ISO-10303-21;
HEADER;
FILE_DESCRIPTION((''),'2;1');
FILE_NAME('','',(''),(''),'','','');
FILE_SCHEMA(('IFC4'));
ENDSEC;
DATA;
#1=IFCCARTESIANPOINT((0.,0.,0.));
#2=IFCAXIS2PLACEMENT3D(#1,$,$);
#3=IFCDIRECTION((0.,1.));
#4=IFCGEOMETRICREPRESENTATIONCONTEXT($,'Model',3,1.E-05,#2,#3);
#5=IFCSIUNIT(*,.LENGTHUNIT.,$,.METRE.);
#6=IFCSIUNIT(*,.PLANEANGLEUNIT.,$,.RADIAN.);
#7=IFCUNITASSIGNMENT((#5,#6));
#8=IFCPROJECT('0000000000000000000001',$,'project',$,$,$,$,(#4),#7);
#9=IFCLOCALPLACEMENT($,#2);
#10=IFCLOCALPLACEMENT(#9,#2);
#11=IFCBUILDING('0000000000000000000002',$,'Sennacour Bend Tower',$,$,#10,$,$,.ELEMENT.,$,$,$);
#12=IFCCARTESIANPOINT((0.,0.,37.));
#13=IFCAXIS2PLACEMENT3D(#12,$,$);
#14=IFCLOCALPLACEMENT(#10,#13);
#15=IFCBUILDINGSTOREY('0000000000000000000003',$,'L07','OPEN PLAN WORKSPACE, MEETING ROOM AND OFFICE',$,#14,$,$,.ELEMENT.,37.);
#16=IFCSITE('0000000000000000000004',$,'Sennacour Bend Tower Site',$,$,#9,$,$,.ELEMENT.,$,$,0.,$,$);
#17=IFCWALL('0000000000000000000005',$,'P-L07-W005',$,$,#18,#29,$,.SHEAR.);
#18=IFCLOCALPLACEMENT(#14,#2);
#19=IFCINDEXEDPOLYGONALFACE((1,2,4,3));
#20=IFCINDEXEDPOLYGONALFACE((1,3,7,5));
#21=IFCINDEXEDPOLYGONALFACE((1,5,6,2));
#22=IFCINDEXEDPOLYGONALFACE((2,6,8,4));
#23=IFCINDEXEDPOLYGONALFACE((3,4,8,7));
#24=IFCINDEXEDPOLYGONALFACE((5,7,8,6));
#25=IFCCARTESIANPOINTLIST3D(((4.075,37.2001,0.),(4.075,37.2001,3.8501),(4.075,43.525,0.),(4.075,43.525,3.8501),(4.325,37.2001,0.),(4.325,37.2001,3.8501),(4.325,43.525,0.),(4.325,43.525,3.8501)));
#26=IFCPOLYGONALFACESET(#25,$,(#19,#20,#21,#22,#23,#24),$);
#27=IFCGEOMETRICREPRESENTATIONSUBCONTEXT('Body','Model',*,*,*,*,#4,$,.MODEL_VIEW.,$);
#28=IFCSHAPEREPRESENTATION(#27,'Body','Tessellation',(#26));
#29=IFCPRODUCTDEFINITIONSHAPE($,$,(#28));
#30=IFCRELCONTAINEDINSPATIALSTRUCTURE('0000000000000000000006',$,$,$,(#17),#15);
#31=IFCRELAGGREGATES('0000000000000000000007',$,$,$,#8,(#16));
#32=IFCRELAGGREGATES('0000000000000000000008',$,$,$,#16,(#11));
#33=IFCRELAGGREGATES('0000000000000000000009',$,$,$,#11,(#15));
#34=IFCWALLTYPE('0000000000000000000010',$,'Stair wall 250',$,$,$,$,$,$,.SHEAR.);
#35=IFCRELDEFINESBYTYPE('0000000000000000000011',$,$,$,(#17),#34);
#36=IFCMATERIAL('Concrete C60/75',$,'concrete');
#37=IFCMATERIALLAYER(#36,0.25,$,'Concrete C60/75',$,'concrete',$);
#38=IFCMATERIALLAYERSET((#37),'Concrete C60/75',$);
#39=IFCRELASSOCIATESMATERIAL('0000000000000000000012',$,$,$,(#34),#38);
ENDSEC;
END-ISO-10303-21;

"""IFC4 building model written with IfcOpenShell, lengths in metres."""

from ifc_helpers import new_model, si_unit, direction, frame, frame_2d, origin, place, context, subcontext, project, spatial, rectangle, extrude, material, layer, layer_set, type_object, element, save


model = new_model("IFC4")

# Units and contexts
model_context = context("Model", 3, precision=1e-05, world=origin(), true_north=direction((0.0, 1.0)))
body_context = subcontext(model_context, "Body", "Model", "MODEL_VIEW")
ifc_project = project(units=[si_unit("LENGTHUNIT", "METRE"), si_unit("PLANEANGLEUNIT", "RADIAN")], contexts=[model_context])

# Site, building, storey
site_placement = place(None, origin())
site = spatial("IfcSite", under=ifc_project, at=site_placement, Name="Sennacour Bend Tower Site", CompositionType="ELEMENT", RefElevation=0.0)
building_placement = place(site_placement, origin())
building = spatial("IfcBuilding", under=site, at=building_placement, Name="Sennacour Bend Tower", CompositionType="ELEMENT")
storey_placement = place(building_placement, frame((0.0, 0.0, 37.0)))
storey = spatial("IfcBuildingStorey", under=building, at=storey_placement, Name="L07", Description="OPEN PLAN WORKSPACE, MEETING ROOM AND OFFICE", CompositionType="ELEMENT", Elevation=37.0)

# Wall
ifc_material_1 = material(Name="Concrete C60/75", Category="concrete")
ifc_layer_1 = layer(ifc_material_1, 0.25, Name="Concrete C60/75", Category="concrete")
ifc_layer_set_1 = layer_set([ifc_layer_1], Name="Concrete C60/75")
wall_type_1 = type_object("IfcWallType", Name="Stair wall 250", PredefinedType="SHEAR", material=ifc_layer_set_1)
wall_1_placement = place(storey_placement, frame((4.2, 37.2, 0.0), z_axis=(0.0, 0.0, 1.0), x_axis=(0.0, 1.0, 0.0)))
element("IfcWall", 1, at=wall_1_placement, inside=storey, type_object=wall_type_1, Name="P-L07-W005", PredefinedType="SHEAR", context=body_context, shape_type="SweptSolid", body=[
    extrude(rectangle(XDim=6.325, YDim=0.25, at=frame_2d((3.1626, 0.0))), origin(), (0.0, 0.0, 1.0), 3.8501),
])

save(model, "model.ifc")
